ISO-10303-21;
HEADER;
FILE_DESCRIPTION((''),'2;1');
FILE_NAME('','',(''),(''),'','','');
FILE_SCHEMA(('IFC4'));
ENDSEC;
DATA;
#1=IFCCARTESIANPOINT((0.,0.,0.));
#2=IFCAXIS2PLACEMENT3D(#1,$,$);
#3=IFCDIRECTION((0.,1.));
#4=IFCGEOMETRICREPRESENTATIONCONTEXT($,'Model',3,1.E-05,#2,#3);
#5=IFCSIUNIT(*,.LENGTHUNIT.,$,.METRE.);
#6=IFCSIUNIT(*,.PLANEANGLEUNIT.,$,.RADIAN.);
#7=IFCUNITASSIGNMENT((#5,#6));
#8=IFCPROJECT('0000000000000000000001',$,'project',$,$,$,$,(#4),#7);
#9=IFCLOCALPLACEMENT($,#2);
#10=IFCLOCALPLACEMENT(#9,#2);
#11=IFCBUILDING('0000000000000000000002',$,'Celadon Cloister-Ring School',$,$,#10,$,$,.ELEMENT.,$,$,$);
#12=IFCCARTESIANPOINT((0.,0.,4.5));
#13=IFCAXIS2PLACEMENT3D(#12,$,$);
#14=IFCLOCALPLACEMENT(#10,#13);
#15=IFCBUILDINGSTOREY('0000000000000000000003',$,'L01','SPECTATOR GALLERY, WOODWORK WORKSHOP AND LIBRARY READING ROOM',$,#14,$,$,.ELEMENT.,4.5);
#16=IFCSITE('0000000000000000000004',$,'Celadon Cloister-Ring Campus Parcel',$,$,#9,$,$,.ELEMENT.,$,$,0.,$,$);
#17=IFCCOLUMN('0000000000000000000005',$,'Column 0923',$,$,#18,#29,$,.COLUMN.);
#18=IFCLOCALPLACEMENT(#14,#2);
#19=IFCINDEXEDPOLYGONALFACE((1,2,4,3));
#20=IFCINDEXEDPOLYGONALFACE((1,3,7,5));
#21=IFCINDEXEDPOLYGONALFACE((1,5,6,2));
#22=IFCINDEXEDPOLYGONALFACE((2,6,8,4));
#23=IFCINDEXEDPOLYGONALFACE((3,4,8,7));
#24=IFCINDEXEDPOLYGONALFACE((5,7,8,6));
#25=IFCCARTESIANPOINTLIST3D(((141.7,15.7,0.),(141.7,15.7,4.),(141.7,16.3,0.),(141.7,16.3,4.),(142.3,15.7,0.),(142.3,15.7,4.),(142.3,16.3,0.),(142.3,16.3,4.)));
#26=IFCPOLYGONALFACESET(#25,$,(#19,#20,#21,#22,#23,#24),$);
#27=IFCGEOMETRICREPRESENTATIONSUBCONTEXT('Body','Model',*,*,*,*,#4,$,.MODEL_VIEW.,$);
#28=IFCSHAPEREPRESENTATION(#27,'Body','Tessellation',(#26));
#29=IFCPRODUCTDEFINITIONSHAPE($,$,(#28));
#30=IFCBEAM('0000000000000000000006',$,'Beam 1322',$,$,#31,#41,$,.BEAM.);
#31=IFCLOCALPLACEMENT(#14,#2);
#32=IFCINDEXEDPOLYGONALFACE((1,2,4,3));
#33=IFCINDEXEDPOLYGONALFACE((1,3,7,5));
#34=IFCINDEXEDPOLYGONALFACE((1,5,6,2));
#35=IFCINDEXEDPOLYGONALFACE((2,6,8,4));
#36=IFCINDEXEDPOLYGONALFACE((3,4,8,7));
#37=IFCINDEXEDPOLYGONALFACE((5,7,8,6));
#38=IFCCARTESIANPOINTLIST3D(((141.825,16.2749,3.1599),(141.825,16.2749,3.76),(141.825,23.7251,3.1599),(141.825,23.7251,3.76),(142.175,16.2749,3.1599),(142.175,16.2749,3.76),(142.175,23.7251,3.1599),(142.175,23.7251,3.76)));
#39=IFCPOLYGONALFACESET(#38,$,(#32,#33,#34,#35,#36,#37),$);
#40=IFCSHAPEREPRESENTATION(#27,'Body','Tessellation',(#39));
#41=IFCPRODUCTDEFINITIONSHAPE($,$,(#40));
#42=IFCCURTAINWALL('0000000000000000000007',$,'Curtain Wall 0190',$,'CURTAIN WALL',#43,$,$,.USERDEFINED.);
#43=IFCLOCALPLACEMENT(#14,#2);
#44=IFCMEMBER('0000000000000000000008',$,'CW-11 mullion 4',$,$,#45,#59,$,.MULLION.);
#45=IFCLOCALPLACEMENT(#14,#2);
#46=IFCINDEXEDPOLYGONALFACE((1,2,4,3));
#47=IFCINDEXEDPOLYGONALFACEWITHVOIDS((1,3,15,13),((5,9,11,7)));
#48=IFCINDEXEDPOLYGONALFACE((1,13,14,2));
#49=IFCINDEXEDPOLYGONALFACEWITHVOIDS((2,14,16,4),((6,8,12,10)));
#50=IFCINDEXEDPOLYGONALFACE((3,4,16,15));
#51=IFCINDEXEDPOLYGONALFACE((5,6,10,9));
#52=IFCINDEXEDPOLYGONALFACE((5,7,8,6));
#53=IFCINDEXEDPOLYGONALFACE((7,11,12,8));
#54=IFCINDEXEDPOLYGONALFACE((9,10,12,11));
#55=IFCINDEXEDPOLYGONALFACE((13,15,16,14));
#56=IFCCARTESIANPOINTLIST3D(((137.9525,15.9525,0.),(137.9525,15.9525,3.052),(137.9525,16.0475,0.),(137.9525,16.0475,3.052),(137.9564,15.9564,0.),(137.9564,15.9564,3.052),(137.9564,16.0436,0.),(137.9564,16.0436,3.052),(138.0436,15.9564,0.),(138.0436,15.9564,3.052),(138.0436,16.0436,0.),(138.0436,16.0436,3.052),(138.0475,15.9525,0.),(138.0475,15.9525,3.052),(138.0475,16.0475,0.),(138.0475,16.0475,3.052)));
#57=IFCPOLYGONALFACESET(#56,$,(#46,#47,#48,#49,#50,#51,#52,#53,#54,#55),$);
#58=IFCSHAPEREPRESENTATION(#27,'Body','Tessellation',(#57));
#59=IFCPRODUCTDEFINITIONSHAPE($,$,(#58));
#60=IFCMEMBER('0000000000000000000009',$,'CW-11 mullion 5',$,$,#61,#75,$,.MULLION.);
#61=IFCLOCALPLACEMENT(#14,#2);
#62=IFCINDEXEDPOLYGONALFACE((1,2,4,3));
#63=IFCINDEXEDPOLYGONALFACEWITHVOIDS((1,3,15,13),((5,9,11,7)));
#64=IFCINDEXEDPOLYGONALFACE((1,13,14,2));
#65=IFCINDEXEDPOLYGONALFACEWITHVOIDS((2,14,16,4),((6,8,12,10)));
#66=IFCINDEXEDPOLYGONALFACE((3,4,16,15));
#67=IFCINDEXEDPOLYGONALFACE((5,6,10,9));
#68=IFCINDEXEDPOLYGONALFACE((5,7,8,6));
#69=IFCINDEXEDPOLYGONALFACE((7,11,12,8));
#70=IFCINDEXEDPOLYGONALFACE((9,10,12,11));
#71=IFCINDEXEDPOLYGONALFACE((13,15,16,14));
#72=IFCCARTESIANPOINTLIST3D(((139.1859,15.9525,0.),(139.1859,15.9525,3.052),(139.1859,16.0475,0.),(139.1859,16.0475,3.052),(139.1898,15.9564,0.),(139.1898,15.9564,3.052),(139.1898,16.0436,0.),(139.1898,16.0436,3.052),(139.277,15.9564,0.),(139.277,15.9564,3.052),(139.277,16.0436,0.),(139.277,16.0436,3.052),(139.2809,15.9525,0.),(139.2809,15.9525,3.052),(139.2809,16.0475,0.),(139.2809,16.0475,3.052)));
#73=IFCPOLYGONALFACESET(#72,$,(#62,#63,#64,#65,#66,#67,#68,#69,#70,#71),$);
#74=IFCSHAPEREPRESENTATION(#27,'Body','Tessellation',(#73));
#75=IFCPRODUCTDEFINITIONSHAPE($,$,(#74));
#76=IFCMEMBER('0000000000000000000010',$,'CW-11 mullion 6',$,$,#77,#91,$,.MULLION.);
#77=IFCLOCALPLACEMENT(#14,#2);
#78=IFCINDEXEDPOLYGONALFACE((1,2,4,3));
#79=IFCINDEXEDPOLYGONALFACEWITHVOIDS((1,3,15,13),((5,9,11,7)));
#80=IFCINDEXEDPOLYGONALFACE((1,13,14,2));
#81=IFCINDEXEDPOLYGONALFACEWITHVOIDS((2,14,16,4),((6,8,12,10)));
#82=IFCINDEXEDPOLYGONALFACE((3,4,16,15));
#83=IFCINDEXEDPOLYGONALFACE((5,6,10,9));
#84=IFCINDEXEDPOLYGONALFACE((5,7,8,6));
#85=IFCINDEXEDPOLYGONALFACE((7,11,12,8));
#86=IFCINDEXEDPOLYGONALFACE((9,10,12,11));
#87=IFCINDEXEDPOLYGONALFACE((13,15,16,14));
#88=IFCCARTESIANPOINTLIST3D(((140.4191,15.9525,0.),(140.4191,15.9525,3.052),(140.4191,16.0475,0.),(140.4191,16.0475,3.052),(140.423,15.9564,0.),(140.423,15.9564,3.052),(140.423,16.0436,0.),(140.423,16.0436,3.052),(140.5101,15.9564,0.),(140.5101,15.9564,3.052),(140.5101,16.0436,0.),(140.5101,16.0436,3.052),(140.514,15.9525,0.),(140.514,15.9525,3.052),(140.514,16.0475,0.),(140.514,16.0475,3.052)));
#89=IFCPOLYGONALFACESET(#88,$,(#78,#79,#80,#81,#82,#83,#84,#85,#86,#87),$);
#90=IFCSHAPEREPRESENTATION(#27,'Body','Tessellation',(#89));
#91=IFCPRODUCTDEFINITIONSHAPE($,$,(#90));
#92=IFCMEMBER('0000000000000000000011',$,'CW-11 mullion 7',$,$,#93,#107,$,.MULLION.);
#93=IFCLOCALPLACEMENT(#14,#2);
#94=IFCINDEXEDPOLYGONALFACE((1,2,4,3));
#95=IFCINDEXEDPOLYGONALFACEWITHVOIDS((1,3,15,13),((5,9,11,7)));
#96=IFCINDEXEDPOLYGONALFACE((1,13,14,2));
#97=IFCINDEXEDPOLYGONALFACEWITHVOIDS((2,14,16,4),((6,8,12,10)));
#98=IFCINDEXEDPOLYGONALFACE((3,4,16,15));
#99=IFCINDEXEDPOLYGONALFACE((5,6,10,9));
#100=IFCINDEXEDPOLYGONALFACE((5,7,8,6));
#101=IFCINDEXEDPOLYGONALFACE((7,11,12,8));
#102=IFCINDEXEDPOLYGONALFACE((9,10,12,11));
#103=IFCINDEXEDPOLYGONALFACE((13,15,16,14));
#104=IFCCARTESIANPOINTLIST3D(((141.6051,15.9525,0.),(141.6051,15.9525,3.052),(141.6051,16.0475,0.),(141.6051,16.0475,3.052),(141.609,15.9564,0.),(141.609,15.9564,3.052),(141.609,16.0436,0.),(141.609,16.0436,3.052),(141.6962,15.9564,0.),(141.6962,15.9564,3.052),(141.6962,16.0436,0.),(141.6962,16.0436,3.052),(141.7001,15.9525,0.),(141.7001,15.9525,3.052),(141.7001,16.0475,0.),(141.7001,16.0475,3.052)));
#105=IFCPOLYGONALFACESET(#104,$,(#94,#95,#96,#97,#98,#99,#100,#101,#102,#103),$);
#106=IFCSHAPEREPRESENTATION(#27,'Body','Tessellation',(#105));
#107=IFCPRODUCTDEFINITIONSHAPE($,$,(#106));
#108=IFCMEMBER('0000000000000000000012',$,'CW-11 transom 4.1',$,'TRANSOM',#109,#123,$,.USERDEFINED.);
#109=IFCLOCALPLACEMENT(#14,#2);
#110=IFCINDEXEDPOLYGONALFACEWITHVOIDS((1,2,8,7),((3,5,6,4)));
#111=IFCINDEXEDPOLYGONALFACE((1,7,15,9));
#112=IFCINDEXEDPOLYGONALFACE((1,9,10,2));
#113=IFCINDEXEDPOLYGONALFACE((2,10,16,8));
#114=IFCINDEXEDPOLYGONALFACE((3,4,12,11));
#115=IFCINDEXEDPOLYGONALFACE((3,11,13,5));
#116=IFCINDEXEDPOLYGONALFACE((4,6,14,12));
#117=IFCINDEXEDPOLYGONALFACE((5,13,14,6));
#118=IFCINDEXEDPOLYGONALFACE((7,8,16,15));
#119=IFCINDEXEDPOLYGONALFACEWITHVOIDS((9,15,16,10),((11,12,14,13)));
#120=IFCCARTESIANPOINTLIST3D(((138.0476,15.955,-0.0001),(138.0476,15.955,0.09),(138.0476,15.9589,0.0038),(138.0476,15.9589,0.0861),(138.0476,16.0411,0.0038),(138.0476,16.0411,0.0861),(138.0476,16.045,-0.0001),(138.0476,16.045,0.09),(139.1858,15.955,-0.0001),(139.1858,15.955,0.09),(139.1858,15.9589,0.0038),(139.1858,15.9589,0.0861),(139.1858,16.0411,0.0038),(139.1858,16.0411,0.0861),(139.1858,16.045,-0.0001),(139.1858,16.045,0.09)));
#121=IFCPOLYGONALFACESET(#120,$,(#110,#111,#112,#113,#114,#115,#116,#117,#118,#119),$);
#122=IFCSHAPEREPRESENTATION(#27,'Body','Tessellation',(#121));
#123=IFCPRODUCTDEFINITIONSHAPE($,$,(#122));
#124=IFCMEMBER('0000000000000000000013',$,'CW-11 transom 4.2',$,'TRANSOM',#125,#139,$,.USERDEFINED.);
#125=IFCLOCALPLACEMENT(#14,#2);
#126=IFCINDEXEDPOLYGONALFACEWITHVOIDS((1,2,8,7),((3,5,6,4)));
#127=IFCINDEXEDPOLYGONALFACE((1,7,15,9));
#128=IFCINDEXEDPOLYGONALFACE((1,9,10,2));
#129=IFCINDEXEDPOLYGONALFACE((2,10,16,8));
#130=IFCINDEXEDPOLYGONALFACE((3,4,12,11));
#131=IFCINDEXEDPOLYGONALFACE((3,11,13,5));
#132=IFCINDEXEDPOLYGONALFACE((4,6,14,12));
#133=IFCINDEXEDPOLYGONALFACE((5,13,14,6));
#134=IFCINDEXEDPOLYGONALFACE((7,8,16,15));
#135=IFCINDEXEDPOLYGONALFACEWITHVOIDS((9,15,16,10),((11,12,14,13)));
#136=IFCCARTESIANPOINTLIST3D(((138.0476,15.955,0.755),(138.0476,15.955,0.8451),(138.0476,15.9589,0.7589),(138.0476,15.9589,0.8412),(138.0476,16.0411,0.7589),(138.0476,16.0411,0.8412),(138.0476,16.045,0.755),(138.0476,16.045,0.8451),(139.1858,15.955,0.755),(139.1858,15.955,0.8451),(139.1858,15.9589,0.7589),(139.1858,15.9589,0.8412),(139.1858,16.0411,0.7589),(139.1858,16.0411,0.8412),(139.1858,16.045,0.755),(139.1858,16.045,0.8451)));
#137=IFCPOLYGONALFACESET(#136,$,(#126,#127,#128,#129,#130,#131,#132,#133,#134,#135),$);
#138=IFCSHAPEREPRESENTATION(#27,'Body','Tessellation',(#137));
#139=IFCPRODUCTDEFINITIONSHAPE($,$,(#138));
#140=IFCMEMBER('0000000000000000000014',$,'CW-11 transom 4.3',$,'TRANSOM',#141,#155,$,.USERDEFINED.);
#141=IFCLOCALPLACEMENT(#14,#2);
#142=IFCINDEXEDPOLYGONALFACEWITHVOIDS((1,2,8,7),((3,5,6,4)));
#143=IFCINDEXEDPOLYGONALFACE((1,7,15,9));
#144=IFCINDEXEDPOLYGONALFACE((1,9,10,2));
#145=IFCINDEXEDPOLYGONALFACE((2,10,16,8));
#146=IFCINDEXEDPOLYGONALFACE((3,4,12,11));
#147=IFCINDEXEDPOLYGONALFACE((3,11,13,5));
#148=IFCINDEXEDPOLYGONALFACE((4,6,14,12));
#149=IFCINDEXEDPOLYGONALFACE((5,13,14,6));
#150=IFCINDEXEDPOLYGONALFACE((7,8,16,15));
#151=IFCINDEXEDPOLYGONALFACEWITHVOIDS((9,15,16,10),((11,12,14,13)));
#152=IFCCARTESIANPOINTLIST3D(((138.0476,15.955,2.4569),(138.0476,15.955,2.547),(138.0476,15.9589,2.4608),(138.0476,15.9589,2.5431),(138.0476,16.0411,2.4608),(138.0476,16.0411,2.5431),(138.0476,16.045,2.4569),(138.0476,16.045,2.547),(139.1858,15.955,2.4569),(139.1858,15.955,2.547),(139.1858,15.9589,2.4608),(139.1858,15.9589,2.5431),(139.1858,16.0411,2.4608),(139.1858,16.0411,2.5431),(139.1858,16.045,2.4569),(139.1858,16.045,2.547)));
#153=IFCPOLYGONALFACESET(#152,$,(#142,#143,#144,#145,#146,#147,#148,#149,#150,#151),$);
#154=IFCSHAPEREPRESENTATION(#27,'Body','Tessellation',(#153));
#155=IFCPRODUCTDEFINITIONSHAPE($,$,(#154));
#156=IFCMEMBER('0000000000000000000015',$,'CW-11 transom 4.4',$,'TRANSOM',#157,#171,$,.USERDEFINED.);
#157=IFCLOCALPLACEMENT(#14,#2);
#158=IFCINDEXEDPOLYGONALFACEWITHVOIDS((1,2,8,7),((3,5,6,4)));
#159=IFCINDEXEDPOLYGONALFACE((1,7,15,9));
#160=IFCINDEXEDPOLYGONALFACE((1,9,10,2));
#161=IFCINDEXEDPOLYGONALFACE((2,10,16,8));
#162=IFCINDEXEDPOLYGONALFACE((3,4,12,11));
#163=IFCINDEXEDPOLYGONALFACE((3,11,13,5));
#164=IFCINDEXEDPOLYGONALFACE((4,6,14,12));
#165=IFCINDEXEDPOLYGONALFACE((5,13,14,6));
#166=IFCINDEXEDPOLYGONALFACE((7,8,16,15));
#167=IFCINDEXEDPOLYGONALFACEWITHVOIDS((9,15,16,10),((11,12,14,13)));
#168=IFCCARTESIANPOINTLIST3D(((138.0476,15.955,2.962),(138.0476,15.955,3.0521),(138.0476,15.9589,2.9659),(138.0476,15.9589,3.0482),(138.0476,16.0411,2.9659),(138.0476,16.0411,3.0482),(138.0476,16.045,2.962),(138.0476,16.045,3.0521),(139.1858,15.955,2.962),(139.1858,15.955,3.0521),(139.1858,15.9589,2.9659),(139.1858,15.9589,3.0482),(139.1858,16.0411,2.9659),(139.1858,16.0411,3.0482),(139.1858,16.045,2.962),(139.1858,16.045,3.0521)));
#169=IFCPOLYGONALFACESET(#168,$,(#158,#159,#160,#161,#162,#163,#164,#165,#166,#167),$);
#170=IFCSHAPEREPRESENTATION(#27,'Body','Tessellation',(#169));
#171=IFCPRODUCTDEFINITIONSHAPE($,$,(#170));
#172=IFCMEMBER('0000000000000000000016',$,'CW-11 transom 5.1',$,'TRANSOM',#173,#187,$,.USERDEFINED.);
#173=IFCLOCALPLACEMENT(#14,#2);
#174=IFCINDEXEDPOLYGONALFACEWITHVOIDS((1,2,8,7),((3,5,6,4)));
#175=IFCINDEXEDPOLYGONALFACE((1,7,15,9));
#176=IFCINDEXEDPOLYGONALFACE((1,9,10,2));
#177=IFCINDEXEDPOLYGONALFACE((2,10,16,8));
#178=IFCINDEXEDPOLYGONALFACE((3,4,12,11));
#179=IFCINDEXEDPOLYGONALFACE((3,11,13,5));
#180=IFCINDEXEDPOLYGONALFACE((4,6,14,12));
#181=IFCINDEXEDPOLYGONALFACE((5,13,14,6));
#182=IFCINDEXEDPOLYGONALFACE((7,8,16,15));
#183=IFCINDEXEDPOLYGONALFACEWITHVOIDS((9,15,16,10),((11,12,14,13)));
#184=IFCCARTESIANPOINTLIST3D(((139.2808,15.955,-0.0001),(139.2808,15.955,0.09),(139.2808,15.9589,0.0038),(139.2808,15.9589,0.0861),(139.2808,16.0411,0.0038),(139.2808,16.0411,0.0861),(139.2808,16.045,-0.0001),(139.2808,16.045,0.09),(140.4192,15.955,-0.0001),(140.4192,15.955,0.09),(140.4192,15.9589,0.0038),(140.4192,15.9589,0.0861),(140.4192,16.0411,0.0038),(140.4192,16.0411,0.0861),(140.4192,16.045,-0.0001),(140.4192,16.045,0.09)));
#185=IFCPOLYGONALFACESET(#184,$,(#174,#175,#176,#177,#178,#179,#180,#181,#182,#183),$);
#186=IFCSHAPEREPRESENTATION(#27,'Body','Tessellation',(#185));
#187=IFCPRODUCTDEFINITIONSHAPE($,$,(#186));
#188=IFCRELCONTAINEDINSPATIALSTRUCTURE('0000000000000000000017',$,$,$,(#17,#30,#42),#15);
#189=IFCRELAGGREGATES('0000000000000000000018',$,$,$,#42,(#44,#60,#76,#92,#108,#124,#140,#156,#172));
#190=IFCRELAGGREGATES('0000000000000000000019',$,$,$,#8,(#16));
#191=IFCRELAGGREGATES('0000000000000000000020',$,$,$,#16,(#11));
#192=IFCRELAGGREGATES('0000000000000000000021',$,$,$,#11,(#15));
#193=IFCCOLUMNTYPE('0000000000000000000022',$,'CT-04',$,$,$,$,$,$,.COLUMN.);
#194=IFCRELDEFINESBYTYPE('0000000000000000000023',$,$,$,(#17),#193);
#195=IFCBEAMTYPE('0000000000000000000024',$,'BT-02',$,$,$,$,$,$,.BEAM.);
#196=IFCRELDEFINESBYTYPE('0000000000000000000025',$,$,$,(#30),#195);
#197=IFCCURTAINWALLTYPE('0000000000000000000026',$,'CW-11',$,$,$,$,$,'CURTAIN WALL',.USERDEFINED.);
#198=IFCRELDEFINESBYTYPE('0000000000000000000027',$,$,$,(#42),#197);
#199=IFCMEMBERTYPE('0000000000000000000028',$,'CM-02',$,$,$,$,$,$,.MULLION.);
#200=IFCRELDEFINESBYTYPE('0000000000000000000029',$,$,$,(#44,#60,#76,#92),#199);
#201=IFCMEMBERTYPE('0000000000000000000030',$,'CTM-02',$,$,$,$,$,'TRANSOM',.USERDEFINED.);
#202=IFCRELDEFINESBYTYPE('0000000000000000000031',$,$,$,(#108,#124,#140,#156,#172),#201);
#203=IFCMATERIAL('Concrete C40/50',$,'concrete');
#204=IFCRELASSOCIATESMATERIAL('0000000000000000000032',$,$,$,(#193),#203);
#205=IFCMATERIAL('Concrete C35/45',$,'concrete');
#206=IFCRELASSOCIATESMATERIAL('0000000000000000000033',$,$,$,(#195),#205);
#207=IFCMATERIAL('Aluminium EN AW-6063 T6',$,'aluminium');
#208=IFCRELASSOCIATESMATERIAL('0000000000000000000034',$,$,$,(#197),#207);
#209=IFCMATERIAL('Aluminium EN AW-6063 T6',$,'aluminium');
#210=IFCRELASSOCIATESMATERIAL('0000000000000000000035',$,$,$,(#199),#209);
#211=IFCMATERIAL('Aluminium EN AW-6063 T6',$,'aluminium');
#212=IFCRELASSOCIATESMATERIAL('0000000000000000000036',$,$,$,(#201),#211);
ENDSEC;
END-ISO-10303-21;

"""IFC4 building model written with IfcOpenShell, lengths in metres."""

from ifc_helpers import new_model, si_unit, direction, frame, origin, origin_2d, place, context, subcontext, project, spatial, rectangle, hollow_rectangle, extrude, material, material_profile, profile_set, type_object, element, aggregate, save


model = new_model("IFC4")

# Units and contexts
model_context = context("Model", 3, precision=1e-05, world=origin(), true_north=direction((0.0, 1.0)))
body_context = subcontext(model_context, "Body", "Model", "MODEL_VIEW")
ifc_project = project(units=[si_unit("LENGTHUNIT", "METRE"), si_unit("PLANEANGLEUNIT", "RADIAN")], contexts=[model_context])

# Site, building, storey
site_placement = place(None, origin())
site = spatial("IfcSite", under=ifc_project, at=site_placement, Name="Celadon Cloister-Ring Campus Parcel", CompositionType="ELEMENT", RefElevation=0.0)
building_placement = place(site_placement, origin())
building = spatial("IfcBuilding", under=site, at=building_placement, Name="Celadon Cloister-Ring School", CompositionType="ELEMENT")
storey_placement = place(building_placement, frame((0.0, 0.0, 4.5)))
storey = spatial("IfcBuildingStorey", under=building, at=storey_placement, Name="L01", Description="SPECTATOR GALLERY, WOODWORK WORKSHOP AND LIBRARY READING ROOM", CompositionType="ELEMENT", Elevation=4.5)

# Column
ifc_material_1 = material(Name="Concrete C40/50", Category="concrete")
ifc_material_profile_1 = material_profile(ifc_material_1, rectangle(XDim=0.6001, YDim=0.6001, at=origin_2d()), Name="RC600X600")
ifc_profile_set_1 = profile_set([ifc_material_profile_1], Name="Concrete C40/50")
column_type = type_object("IfcColumnType", Name="CT-04", PredefinedType="COLUMN", material=ifc_profile_set_1)
column_placement = place(storey_placement, frame((142.0, 16.0, 0.0), z_axis=(0.0, 0.0, 1.0), x_axis=(1.0, 0.0, 0.0)))
element("IfcColumn", 1, at=column_placement, inside=storey, type_object=column_type, Name="Column 0923", PredefinedType="COLUMN", context=body_context, shape_type="SweptSolid", body=[
    extrude(rectangle(XDim=0.6001, YDim=0.6001, at=origin_2d()), origin(), (0.0, 0.0, 1.0), 4.0),
])

# Beam
ifc_material_2 = material(Name="Concrete C35/45", Category="concrete")
ifc_material_profile_2 = material_profile(ifc_material_2, rectangle(XDim=0.3501, YDim=0.6001, at=origin_2d()), Name="RC350X600")
ifc_profile_set_2 = profile_set([ifc_material_profile_2], Name="Concrete C35/45")
beam_type = type_object("IfcBeamType", Name="BT-02", PredefinedType="BEAM", material=ifc_profile_set_2)
beam_placement = place(storey_placement, frame((142.0, 16.2749, 3.46), z_axis=(0.0, 1.0, 0.0), x_axis=(-1.0, 0.0, 0.0)))
element("IfcBeam", 2, at=beam_placement, inside=storey, type_object=beam_type, Name="Beam 1322", PredefinedType="BEAM", context=body_context, shape_type="SweptSolid", body=[
    extrude(rectangle(XDim=0.3501, YDim=0.6001, at=origin_2d()), origin(), (0.0, 0.0, 1.0), 7.4502),
])

# Curtain wall, members
ifc_material_3 = material(Name="Aluminium EN AW-6063 T6", Category="aluminium")
curtain_wall_type = type_object("IfcCurtainWallType", Name="CW-11", ElementType="CURTAIN WALL", PredefinedType="USERDEFINED", material=ifc_material_3)
curtain_wall_placement = place(storey_placement, origin())
curtain_wall = element("IfcCurtainWall", 3, at=curtain_wall_placement, inside=storey, type_object=curtain_wall_type, Name="Curtain Wall 0190", ObjectType="CURTAIN WALL", PredefinedType="USERDEFINED")
ifc_material_4 = material(Name="Aluminium EN AW-6063 T6", Category="aluminium")
ifc_material_profile_3 = material_profile(ifc_material_4, hollow_rectangle(XDim=0.095, YDim=0.095, WallThickness=0.0039, at=origin_2d()), Name="RHS95X95X4")
ifc_profile_set_3 = profile_set([ifc_material_profile_3], Name="Aluminium EN AW-6063 T6")
member_type_1 = type_object("IfcMemberType", Name="CM-02", PredefinedType="MULLION", material=ifc_profile_set_3)
member_1_placement = place(storey_placement, frame((138.0, 16.0, 0.0), z_axis=(0.0, 0.0, 1.0), x_axis=(0.0, 1.0, 0.0)))
member_1 = element("IfcMember", 4, at=member_1_placement, type_object=member_type_1, Name="CW-11 mullion 4", PredefinedType="MULLION", context=body_context, shape_type="SweptSolid", body=[
    extrude(hollow_rectangle(XDim=0.095, YDim=0.095, WallThickness=0.0039, at=origin_2d()), origin(), (0.0, 0.0, 1.0), 3.052),
])
member_2_placement = place(storey_placement, frame((139.2334, 16.0, 0.0), z_axis=(0.0, 0.0, 1.0), x_axis=(0.0, 1.0, 0.0)))
member_2 = element("IfcMember", 5, at=member_2_placement, type_object=member_type_1, Name="CW-11 mullion 5", PredefinedType="MULLION", context=body_context, shape_type="SweptSolid", body=[
    extrude(hollow_rectangle(XDim=0.095, YDim=0.095, WallThickness=0.0039, at=origin_2d()), origin(), (0.0, 0.0, 1.0), 3.052),
])
member_3_placement = place(storey_placement, frame((140.4666, 16.0, 0.0), z_axis=(0.0, 0.0, 1.0), x_axis=(0.0, 1.0, 0.0)))
member_3 = element("IfcMember", 6, at=member_3_placement, type_object=member_type_1, Name="CW-11 mullion 6", PredefinedType="MULLION", context=body_context, shape_type="SweptSolid", body=[
    extrude(hollow_rectangle(XDim=0.095, YDim=0.095, WallThickness=0.0039, at=origin_2d()), origin(), (0.0, 0.0, 1.0), 3.052),
])
member_4_placement = place(storey_placement, frame((141.6526, 16.0, 0.0), z_axis=(0.0, 0.0, 1.0), x_axis=(0.0, 1.0, 0.0)))
member_4 = element("IfcMember", 7, at=member_4_placement, type_object=member_type_1, Name="CW-11 mullion 7", PredefinedType="MULLION", context=body_context, shape_type="SweptSolid", body=[
    extrude(hollow_rectangle(XDim=0.095, YDim=0.095, WallThickness=0.0039, at=origin_2d()), origin(), (0.0, 0.0, 1.0), 3.052),
])
ifc_material_5 = material(Name="Aluminium EN AW-6063 T6", Category="aluminium")
ifc_material_profile_4 = material_profile(ifc_material_5, hollow_rectangle(XDim=0.0901, YDim=0.0901, WallThickness=0.0039, at=origin_2d()), Name="RHS90X90X4")
ifc_profile_set_4 = profile_set([ifc_material_profile_4], Name="Aluminium EN AW-6063 T6")
member_type_2 = type_object("IfcMemberType", Name="CTM-02", ElementType="TRANSOM", PredefinedType="USERDEFINED", material=ifc_profile_set_4)
member_5_placement = place(storey_placement, frame((138.0476, 16.0, 0.0449), z_axis=(1.0, 0.0, 0.0), x_axis=(0.0, 1.0, 0.0)))
member_5 = element("IfcMember", 8, at=member_5_placement, type_object=member_type_2, Name="CW-11 transom 4.1", ObjectType="TRANSOM", PredefinedType="USERDEFINED", context=body_context, shape_type="SweptSolid", body=[
    extrude(hollow_rectangle(XDim=0.0901, YDim=0.0901, WallThickness=0.0039, at=origin_2d()), origin(), (0.0, 0.0, 1.0), 1.1382),
])
member_6_placement = place(storey_placement, frame((138.0476, 16.0, 0.8), z_axis=(1.0, 0.0, 0.0), x_axis=(0.0, 1.0, 0.0)))
member_6 = element("IfcMember", 9, at=member_6_placement, type_object=member_type_2, Name="CW-11 transom 4.2", ObjectType="TRANSOM", PredefinedType="USERDEFINED", context=body_context, shape_type="SweptSolid", body=[
    extrude(hollow_rectangle(XDim=0.0901, YDim=0.0901, WallThickness=0.0039, at=origin_2d()), origin(), (0.0, 0.0, 1.0), 1.1382),
])
member_7_placement = place(storey_placement, frame((138.0476, 16.0, 2.502), z_axis=(1.0, 0.0, 0.0), x_axis=(0.0, 1.0, 0.0)))
member_7 = element("IfcMember", 10, at=member_7_placement, type_object=member_type_2, Name="CW-11 transom 4.3", ObjectType="TRANSOM", PredefinedType="USERDEFINED", context=body_context, shape_type="SweptSolid", body=[
    extrude(hollow_rectangle(XDim=0.0901, YDim=0.0901, WallThickness=0.0039, at=origin_2d()), origin(), (0.0, 0.0, 1.0), 1.1382),
])
member_8_placement = place(storey_placement, frame((138.0476, 16.0, 3.0071), z_axis=(1.0, 0.0, 0.0), x_axis=(0.0, 1.0, 0.0)))
member_8 = element("IfcMember", 11, at=member_8_placement, type_object=member_type_2, Name="CW-11 transom 4.4", ObjectType="TRANSOM", PredefinedType="USERDEFINED", context=body_context, shape_type="SweptSolid", body=[
    extrude(hollow_rectangle(XDim=0.0901, YDim=0.0901, WallThickness=0.0039, at=origin_2d()), origin(), (0.0, 0.0, 1.0), 1.1382),
])
member_9_placement = place(storey_placement, frame((139.2808, 16.0, 0.0449), z_axis=(1.0, 0.0, 0.0), x_axis=(0.0, 1.0, 0.0)))
member_9 = element("IfcMember", 12, at=member_9_placement, type_object=member_type_2, Name="CW-11 transom 5.1", ObjectType="TRANSOM", PredefinedType="USERDEFINED", context=body_context, shape_type="SweptSolid", body=[
    extrude(hollow_rectangle(XDim=0.0901, YDim=0.0901, WallThickness=0.0039, at=origin_2d()), origin(), (0.0, 0.0, 1.0), 1.1384),
])
aggregate(curtain_wall, [member_1, member_2, member_3, member_4, member_5, member_6, member_7, member_8, member_9])

save(model, "model.ifc")
